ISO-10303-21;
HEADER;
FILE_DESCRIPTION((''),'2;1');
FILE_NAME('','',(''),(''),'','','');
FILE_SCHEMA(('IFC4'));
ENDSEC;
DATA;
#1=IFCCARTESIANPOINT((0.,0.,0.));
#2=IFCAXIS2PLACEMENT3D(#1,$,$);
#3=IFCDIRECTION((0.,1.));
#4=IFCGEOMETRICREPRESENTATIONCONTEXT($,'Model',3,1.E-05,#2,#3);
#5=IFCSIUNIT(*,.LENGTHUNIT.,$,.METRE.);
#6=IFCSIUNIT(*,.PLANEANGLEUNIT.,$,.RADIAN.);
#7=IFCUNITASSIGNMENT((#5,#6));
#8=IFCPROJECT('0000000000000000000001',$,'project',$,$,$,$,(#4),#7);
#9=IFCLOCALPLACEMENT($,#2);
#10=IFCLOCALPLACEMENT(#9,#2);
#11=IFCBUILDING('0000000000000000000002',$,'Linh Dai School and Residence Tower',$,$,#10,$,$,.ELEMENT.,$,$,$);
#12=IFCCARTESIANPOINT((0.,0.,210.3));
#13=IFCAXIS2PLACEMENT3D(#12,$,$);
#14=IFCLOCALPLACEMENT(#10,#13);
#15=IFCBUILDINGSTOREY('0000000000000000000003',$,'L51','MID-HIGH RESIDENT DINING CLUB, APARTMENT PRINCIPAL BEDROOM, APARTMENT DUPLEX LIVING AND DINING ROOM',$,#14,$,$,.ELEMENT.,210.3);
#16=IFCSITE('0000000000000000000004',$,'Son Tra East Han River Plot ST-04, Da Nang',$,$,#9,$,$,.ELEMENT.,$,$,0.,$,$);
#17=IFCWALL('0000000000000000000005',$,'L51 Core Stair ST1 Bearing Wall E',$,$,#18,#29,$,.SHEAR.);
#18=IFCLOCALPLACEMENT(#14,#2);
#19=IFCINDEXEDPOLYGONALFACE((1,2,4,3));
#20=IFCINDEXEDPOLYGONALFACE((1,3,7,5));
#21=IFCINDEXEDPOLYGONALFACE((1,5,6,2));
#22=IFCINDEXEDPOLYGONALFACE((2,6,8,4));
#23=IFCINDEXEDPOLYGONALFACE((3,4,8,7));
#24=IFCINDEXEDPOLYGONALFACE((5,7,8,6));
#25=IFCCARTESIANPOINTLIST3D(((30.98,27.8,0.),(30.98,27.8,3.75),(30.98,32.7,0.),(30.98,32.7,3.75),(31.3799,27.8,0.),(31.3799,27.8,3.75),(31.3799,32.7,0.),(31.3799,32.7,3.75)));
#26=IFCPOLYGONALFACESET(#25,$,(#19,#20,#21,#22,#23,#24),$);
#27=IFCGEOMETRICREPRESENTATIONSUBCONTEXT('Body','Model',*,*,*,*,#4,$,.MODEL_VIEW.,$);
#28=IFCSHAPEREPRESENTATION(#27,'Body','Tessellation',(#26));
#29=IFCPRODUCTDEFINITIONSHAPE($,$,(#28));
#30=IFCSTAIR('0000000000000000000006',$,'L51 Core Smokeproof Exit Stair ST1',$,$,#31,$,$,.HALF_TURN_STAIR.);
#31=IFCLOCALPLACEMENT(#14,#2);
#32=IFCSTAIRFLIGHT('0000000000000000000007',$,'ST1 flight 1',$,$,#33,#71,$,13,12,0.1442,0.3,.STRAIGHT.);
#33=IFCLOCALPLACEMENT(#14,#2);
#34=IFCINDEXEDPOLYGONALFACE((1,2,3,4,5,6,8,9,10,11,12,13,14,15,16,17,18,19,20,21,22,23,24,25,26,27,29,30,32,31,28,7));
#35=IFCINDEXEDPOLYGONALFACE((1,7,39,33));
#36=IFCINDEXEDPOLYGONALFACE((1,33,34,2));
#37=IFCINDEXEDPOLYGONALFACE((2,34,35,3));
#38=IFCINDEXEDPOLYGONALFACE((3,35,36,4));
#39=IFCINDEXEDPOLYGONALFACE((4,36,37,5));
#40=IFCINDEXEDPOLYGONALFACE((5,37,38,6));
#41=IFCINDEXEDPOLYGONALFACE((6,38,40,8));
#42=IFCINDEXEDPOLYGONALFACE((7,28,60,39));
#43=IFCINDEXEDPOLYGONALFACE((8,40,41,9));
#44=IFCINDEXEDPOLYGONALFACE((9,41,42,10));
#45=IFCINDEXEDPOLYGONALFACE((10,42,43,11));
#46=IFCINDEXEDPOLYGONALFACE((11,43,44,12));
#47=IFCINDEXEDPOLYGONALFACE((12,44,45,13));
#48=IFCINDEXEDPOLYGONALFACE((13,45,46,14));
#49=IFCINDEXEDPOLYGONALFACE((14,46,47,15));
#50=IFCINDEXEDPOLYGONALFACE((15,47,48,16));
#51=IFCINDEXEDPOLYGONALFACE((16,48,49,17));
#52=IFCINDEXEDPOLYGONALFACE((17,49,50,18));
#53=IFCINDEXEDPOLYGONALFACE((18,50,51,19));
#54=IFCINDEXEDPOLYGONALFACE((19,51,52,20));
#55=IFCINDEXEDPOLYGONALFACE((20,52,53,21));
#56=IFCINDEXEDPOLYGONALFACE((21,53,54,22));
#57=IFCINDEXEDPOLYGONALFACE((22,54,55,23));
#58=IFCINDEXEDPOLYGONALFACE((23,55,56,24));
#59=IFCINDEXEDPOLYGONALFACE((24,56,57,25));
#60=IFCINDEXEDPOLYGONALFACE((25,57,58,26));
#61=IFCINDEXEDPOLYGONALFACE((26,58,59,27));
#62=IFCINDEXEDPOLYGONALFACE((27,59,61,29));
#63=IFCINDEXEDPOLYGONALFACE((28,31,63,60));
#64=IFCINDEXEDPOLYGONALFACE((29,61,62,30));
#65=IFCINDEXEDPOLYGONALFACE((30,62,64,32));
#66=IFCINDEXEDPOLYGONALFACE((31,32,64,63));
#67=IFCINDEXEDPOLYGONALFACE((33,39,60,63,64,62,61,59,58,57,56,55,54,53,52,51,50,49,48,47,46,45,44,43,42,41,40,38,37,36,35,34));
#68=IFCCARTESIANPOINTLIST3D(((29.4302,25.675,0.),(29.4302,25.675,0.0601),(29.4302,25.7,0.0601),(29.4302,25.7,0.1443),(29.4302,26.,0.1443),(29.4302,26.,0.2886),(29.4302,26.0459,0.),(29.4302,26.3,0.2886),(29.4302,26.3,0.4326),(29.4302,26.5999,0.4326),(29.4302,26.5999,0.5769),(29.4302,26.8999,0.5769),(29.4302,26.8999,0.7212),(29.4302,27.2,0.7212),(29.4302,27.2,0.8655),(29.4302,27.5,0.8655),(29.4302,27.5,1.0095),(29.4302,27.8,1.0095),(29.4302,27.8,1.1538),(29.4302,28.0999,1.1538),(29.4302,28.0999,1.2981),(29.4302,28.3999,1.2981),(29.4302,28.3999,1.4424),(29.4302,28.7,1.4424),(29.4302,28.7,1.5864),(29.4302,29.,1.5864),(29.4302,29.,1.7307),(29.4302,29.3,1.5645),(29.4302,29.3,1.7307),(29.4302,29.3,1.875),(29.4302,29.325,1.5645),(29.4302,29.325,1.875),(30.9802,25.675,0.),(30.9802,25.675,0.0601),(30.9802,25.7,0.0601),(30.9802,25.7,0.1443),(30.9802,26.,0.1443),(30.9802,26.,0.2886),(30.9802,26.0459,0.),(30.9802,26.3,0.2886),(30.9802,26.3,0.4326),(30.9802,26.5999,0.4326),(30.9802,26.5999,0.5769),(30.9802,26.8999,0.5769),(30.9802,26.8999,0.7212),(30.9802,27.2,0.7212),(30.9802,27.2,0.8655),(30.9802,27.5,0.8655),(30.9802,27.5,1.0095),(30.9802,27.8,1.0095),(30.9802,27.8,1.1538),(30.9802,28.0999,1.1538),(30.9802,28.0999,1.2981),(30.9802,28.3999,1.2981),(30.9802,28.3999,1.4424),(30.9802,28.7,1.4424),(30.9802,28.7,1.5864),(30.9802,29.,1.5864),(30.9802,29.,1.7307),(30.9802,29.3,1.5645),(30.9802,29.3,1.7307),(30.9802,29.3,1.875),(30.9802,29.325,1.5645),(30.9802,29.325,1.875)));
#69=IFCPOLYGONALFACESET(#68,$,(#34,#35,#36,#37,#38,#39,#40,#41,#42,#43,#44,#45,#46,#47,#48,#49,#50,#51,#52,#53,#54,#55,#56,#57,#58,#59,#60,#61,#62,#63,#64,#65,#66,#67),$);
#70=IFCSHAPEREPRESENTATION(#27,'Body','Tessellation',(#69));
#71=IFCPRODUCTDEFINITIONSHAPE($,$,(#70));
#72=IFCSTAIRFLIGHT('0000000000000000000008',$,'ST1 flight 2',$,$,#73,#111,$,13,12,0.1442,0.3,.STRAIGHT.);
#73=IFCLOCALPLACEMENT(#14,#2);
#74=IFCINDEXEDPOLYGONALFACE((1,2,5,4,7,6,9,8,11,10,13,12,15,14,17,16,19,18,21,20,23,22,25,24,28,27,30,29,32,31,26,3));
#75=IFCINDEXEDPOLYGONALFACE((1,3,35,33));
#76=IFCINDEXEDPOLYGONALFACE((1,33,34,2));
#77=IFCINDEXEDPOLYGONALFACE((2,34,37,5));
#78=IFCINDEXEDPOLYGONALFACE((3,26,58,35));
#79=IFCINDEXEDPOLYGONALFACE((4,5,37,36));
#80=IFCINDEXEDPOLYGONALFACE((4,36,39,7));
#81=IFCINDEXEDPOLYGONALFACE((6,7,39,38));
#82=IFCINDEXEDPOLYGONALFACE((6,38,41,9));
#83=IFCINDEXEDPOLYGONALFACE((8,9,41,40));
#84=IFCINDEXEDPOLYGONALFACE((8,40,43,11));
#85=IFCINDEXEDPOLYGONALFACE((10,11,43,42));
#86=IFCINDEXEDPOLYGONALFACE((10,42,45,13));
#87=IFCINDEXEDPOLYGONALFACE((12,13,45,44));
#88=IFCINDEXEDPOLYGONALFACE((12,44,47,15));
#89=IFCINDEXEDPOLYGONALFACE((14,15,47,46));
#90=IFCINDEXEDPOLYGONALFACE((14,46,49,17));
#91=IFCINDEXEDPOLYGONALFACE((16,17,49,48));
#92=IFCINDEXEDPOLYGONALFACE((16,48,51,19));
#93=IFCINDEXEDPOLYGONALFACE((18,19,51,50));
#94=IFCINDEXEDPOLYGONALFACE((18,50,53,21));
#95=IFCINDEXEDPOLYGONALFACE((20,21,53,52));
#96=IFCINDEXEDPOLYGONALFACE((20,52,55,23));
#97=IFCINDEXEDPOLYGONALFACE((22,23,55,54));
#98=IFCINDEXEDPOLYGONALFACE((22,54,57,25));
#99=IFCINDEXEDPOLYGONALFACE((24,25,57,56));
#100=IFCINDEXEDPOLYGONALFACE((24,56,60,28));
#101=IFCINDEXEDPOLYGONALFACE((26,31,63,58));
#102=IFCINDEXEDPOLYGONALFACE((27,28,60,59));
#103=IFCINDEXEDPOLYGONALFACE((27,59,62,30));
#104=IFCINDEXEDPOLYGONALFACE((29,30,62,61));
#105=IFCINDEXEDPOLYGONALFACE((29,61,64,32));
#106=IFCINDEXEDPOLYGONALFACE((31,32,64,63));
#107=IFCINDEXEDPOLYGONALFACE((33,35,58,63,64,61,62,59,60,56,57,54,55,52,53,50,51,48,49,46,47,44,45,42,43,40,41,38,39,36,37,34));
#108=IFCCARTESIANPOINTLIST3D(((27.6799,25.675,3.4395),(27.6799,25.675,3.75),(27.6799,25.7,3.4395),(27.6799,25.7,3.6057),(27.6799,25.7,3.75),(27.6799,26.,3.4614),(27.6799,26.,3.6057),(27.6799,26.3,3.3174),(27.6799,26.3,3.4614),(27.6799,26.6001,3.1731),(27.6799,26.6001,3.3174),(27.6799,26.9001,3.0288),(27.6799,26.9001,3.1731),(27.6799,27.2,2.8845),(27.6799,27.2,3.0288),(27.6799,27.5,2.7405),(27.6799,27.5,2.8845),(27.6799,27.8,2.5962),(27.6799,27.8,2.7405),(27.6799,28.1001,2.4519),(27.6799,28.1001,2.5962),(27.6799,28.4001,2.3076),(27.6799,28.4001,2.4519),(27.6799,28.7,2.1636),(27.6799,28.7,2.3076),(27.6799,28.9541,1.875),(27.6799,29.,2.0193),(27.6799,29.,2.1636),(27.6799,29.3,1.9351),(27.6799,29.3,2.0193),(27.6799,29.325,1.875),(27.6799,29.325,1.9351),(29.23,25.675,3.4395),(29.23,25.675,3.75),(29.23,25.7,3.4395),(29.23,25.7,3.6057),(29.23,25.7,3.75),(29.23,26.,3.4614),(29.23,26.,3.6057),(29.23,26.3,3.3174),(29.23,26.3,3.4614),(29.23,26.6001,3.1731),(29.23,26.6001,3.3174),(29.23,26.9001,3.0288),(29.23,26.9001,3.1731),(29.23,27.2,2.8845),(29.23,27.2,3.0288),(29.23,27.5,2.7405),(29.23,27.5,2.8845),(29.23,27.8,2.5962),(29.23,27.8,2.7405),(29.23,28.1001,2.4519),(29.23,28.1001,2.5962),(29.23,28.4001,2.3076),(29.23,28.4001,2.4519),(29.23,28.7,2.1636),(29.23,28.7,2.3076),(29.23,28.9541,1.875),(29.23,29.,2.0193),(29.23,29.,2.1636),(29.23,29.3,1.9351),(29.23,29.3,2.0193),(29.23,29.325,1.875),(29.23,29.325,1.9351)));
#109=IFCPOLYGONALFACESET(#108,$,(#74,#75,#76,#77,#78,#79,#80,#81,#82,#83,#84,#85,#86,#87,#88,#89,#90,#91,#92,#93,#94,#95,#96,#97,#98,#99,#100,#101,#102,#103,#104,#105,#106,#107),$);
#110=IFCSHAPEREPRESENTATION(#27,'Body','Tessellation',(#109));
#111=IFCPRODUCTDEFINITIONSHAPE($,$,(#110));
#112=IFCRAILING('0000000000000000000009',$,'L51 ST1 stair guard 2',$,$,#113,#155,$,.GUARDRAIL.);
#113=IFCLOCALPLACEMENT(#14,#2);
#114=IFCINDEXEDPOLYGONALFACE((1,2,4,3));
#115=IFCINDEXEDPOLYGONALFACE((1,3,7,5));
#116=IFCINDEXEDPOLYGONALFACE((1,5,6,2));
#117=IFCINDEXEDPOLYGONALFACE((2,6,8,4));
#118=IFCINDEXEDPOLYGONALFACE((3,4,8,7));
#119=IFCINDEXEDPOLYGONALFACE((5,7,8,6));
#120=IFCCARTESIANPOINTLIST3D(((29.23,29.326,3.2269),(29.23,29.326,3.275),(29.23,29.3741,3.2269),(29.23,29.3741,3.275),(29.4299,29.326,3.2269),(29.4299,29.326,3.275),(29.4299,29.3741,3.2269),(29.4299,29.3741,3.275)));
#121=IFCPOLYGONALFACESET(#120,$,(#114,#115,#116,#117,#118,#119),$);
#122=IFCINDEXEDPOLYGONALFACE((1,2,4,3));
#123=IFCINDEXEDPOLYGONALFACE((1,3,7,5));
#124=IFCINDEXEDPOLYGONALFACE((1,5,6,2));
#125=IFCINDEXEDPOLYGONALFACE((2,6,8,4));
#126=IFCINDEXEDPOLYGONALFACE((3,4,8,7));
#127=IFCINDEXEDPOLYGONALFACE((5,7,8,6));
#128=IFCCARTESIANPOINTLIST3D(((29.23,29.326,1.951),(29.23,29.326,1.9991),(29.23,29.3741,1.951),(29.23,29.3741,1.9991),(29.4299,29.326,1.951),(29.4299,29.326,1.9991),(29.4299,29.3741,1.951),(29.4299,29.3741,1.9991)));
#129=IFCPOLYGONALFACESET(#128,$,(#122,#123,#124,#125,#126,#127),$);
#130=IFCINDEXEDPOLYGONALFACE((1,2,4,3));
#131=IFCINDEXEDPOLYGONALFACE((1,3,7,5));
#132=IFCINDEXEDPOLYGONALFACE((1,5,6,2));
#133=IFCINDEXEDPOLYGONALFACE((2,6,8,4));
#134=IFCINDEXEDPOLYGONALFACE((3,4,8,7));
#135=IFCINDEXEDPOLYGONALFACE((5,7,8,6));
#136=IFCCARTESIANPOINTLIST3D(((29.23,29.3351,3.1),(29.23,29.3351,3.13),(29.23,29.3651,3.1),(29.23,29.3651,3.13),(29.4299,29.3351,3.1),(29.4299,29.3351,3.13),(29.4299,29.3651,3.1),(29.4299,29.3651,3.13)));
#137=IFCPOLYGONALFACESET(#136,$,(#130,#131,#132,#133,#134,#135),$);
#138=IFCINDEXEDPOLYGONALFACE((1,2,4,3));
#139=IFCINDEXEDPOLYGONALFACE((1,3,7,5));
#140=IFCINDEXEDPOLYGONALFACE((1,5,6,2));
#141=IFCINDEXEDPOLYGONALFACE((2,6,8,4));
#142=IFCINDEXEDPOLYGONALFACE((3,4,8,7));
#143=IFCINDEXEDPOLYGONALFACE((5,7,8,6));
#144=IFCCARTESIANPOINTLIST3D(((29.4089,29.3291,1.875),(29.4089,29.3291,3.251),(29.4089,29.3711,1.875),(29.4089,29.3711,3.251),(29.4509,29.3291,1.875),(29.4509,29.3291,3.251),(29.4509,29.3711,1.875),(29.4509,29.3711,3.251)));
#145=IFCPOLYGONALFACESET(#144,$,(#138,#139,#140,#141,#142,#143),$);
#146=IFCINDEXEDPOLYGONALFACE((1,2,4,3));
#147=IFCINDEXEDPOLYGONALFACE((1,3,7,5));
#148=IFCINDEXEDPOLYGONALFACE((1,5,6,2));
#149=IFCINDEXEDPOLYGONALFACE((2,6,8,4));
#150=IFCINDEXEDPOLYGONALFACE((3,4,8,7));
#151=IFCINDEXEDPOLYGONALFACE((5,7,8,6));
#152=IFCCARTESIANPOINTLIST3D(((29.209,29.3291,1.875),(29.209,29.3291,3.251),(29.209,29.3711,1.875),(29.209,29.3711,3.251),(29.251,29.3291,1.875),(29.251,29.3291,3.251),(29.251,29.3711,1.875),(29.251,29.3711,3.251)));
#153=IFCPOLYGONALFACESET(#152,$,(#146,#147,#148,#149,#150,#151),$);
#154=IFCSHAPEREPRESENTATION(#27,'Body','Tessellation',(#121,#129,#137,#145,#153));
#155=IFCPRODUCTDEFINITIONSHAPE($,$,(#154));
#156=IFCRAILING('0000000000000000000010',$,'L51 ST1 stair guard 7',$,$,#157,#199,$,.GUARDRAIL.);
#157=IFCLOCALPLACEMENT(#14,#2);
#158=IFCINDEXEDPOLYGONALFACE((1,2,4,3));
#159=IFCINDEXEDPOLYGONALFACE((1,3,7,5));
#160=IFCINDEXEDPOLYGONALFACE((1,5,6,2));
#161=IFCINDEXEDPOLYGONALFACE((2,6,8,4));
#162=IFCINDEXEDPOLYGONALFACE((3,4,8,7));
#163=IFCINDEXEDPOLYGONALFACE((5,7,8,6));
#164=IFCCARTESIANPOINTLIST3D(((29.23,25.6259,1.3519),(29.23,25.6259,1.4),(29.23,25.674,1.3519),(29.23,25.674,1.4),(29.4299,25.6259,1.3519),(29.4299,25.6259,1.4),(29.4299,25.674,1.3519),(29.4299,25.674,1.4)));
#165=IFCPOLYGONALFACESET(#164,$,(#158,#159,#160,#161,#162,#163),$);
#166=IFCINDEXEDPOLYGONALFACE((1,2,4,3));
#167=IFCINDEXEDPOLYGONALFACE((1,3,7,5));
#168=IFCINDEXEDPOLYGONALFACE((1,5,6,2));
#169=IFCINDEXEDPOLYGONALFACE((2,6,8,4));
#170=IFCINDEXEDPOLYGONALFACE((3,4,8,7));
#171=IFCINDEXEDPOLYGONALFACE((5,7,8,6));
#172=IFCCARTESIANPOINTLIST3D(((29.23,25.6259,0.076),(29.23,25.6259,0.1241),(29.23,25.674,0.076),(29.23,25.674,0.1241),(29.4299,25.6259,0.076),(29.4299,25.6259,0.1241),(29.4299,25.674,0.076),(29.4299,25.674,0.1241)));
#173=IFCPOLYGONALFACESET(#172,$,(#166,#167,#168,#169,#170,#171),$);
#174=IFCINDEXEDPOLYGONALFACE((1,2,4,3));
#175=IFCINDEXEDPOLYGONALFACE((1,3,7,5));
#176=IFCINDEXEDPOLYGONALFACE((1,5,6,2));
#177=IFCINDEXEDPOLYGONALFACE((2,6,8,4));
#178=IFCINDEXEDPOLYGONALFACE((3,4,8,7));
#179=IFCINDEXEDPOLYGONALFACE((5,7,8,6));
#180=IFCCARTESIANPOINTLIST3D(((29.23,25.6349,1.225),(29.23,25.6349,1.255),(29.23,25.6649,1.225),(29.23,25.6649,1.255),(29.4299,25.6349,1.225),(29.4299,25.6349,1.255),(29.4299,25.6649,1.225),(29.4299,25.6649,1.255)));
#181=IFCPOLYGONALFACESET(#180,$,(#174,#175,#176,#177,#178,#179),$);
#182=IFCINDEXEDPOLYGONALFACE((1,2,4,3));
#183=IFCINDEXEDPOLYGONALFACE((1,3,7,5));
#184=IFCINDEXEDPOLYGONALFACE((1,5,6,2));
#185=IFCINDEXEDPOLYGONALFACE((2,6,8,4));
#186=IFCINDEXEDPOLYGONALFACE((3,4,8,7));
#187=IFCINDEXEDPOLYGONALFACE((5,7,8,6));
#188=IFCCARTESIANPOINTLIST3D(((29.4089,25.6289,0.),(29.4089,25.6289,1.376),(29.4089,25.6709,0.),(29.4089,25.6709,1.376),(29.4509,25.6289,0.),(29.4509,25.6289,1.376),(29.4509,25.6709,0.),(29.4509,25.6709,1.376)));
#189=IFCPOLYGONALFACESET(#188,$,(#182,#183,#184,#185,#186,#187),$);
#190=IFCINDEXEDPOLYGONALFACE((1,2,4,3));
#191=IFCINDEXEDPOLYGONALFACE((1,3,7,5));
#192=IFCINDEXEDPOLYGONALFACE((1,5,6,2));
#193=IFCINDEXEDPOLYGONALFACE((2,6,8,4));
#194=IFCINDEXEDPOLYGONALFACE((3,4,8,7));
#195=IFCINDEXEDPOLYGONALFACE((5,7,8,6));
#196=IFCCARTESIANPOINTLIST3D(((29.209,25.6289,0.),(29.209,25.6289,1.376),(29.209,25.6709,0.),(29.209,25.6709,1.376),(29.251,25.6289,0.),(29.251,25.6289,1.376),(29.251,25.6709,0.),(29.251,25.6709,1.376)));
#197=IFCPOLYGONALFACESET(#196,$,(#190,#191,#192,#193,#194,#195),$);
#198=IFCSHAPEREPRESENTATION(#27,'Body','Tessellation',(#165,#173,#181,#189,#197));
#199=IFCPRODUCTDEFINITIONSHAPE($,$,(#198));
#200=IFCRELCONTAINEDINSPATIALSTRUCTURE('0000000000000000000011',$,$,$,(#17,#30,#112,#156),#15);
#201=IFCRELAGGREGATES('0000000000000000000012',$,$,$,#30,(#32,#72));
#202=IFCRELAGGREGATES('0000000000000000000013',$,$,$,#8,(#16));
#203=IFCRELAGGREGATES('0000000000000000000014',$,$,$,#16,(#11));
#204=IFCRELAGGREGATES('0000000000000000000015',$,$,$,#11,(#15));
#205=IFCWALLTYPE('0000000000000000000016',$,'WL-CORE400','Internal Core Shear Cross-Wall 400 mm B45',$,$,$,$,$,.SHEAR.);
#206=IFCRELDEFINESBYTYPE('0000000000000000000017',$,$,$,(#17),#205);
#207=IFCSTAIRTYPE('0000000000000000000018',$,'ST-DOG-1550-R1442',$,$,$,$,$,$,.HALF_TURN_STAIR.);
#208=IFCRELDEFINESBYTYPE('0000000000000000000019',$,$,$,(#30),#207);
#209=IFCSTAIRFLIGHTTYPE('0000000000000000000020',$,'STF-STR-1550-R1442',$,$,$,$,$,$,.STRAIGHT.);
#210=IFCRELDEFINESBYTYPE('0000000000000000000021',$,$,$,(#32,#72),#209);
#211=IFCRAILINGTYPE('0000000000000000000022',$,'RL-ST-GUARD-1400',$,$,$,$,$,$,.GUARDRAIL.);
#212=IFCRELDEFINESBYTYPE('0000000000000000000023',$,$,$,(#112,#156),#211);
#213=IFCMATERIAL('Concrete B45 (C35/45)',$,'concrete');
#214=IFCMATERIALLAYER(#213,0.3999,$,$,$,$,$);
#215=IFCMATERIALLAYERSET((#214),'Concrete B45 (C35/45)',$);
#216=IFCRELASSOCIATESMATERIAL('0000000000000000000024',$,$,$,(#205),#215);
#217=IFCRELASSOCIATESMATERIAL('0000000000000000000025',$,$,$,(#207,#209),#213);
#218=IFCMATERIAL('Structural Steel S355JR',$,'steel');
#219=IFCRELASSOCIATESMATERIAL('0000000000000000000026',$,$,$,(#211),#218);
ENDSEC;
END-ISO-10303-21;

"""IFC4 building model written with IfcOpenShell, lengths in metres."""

from ifc_helpers import new_model, si_unit, direction, frame, frame_2d, origin, origin_2d, place, context, subcontext, project, spatial, polyline, rectangle, outline, extrude, source, transform, mapped, material, layer, layer_set, type_object, element, aggregate, save


model = new_model("IFC4")

# Units and contexts
model_context = context("Model", 3, precision=1e-05, world=origin(), true_north=direction((0.0, 1.0)))
body_context = subcontext(model_context, "Body", "Model", "MODEL_VIEW")
ifc_project = project(units=[si_unit("LENGTHUNIT", "METRE"), si_unit("PLANEANGLEUNIT", "RADIAN")], contexts=[model_context])

# Site, building, storey
site_placement = place(None, origin())
site = spatial("IfcSite", under=ifc_project, at=site_placement, Name="Son Tra East Han River Plot ST-04, Da Nang", CompositionType="ELEMENT", RefElevation=0.0)
building_placement = place(site_placement, origin())
building = spatial("IfcBuilding", under=site, at=building_placement, Name="Linh Dai School and Residence Tower", CompositionType="ELEMENT")
storey_placement = place(building_placement, frame((0.0, 0.0, 210.3)))
storey = spatial("IfcBuildingStorey", under=building, at=storey_placement, Name="L51", Description="MID-HIGH RESIDENT DINING CLUB, APARTMENT PRINCIPAL BEDROOM, APARTMENT DUPLEX LIVING AND DINING ROOM", CompositionType="ELEMENT", Elevation=210.3)

# Shared definitions
ifc_material_1 = material(Name="Structural Steel S355JR", Category="steel")

# Shared definitions
ifc_material_2 = material(Name="Concrete B45 (C35/45)", Category="concrete")

# Wall
ifc_layer_1 = layer(ifc_material_2, 0.3999)
ifc_layer_set_1 = layer_set([ifc_layer_1], Name="Concrete B45 (C35/45)")
wall_type_1 = type_object("IfcWallType", Name="WL-CORE400", Description="Internal Core Shear Cross-Wall 400 mm B45", PredefinedType="SHEAR", material=ifc_layer_set_1)
wall_1_placement = place(storey_placement, frame((31.1799, 27.8, 0.0), z_axis=(0.0, 0.0, 1.0), x_axis=(0.0, 1.0, 0.0)))
element("IfcWall", 1, at=wall_1_placement, inside=storey, type_object=wall_type_1, Name="L51 Core Stair ST1 Bearing Wall E", PredefinedType="SHEAR", context=body_context, shape_type="SweptSolid", body=[
    extrude(rectangle(XDim=4.8999, YDim=0.3999, at=frame_2d((2.45, 0.0))), origin(), (0.0, 0.0, 1.0), 3.75),
])

# Stair, stair flights
stair_type = type_object("IfcStairType", Name="ST-DOG-1550-R1442", PredefinedType="HALF_TURN_STAIR", material=ifc_material_2)
stair_placement = place(storey_placement, origin())
stair = element("IfcStair", 2, at=stair_placement, inside=storey, type_object=stair_type, Name="L51 Core Smokeproof Exit Stair ST1", PredefinedType="HALF_TURN_STAIR")
stair_flight_type = type_object("IfcStairFlightType", Name="STF-STR-1550-R1442", PredefinedType="STRAIGHT", material=ifc_material_2)
shared_shape_1 = source(origin(), body_context, "Body", "SweptSolid", [
    extrude(outline(polyline([(-0.0249, 0.0), (-0.0249, 0.0601), (0.0, 0.0601), (0.0, 0.1443), (0.3, 0.1443), (0.3, 0.2886), (0.6001, 0.2886), (0.6001, 0.4326), (0.8999, 0.4326), (0.8999, 0.5769), (1.2, 0.5769), (1.2, 0.7212), (1.5, 0.7212), (1.5, 0.8655), (1.8, 0.8655), (1.8, 1.0095), (2.1001, 1.0095), (2.1001, 1.1538), (2.3999, 1.1538), (2.3999, 1.2981), (2.7, 1.2981), (2.7, 1.4424), (3.0, 1.4424), (3.0, 1.5864), (3.3, 1.5864), (3.3, 1.7307), (3.6001, 1.7307), (3.6001, 1.875), (3.625, 1.875), (3.625, 1.5645), (3.6001, 1.5645), (0.3459, 0.0), (-0.0249, 0.0)])), frame((0.0, 0.7749, 0.0), z_axis=(0.0, -1.0, 0.0), x_axis=(1.0, 0.0, 0.0)), (0.0, 0.0, 1.0), 1.55),
])
stair_flight_1_placement = place(storey_placement, frame((30.2051, 25.7, 0.0), z_axis=(0.0, 0.0, 1.0), x_axis=(0.0, 1.0, 0.0)))
stair_flight_1 = element("IfcStairFlight", 3, at=stair_flight_1_placement, type_object=stair_flight_type, Name="ST1 flight 1", NumberOfRisers=13, NumberOfTreads=12, PredefinedType="STRAIGHT", RiserHeight=0.1442, TreadLength=0.3, context=body_context, shape_type="MappedRepresentation", body=[
    mapped(shared_shape_1, transform((0.0, 0.0, 0.0), x_axis=(1.0, 0.0, 0.0), y_axis=(0.0, 1.0, 0.0), z_axis=(0.0, 0.0, 1.0), scale=1.0)),
])
stair_flight_2_placement = place(storey_placement, frame((28.4551, 29.3, 1.875), z_axis=(0.0, 0.0, 1.0), x_axis=(0.0, -1.0, 0.0)))
stair_flight_2 = element("IfcStairFlight", 4, at=stair_flight_2_placement, type_object=stair_flight_type, Name="ST1 flight 2", NumberOfRisers=13, NumberOfTreads=12, PredefinedType="STRAIGHT", RiserHeight=0.1442, TreadLength=0.3, context=body_context, shape_type="MappedRepresentation", body=[
    mapped(shared_shape_1, transform((0.0, 0.0, 0.0), x_axis=(1.0, 0.0, 0.0), y_axis=(0.0, 1.0, 0.0), z_axis=(0.0, 0.0, 1.0), scale=1.0)),
])
aggregate(stair, [stair_flight_1, stair_flight_2])

# Railings
railing_type_1 = type_object("IfcRailingType", Name="RL-ST-GUARD-1400", PredefinedType="GUARDRAIL", material=ifc_material_1)
shared_shape_2 = source(origin(), body_context, "Body", "SweptSolid", [
    extrude(rectangle(XDim=0.0481, YDim=0.0481, at=origin_2d()), frame((0.0, 0.0, 1.376), z_axis=(-1.0, 0.0, 0.0), x_axis=(0.0, -1.0, 0.0)), (0.0, 0.0, 1.0), 0.2),
    extrude(rectangle(XDim=0.0481, YDim=0.0481, at=origin_2d()), frame((0.0, 0.0, 0.1001), z_axis=(-1.0, 0.0, 0.0), x_axis=(0.0, -1.0, 0.0)), (0.0, 0.0, 1.0), 0.2),
    extrude(rectangle(XDim=0.03, YDim=0.03, at=origin_2d()), frame((0.0, 0.0, 1.24), z_axis=(-1.0, 0.0, 0.0), x_axis=(0.0, -1.0, 0.0)), (0.0, 0.0, 1.0), 0.2),
    extrude(rectangle(XDim=0.042, YDim=0.042, at=origin_2d()), origin(), (0.0, 0.0, 1.0), 1.376),
    extrude(rectangle(XDim=0.042, YDim=0.042, at=origin_2d()), frame((-0.2, 0.0, 0.0)), (0.0, 0.0, 1.0), 1.376),
])
for number, where, name in (
    (5, (29.4299, 29.3501, 1.875), "L51 ST1 stair guard 2"),
    (6, (29.4299, 25.6499, 0.0), "L51 ST1 stair guard 7"),
):
    element("IfcRailing", number, at=place(storey_placement, frame(where)), inside=storey, type_object=railing_type_1, Name=name, PredefinedType="GUARDRAIL", context=body_context, shape_type="MappedRepresentation", body=[
        mapped(shared_shape_2, transform((0.0, 0.0, 0.0), x_axis=(1.0, 0.0, 0.0), y_axis=(0.0, 1.0, 0.0), z_axis=(0.0, 0.0, 1.0), scale=1.0)),
    ])

save(model, "model.ifc")
